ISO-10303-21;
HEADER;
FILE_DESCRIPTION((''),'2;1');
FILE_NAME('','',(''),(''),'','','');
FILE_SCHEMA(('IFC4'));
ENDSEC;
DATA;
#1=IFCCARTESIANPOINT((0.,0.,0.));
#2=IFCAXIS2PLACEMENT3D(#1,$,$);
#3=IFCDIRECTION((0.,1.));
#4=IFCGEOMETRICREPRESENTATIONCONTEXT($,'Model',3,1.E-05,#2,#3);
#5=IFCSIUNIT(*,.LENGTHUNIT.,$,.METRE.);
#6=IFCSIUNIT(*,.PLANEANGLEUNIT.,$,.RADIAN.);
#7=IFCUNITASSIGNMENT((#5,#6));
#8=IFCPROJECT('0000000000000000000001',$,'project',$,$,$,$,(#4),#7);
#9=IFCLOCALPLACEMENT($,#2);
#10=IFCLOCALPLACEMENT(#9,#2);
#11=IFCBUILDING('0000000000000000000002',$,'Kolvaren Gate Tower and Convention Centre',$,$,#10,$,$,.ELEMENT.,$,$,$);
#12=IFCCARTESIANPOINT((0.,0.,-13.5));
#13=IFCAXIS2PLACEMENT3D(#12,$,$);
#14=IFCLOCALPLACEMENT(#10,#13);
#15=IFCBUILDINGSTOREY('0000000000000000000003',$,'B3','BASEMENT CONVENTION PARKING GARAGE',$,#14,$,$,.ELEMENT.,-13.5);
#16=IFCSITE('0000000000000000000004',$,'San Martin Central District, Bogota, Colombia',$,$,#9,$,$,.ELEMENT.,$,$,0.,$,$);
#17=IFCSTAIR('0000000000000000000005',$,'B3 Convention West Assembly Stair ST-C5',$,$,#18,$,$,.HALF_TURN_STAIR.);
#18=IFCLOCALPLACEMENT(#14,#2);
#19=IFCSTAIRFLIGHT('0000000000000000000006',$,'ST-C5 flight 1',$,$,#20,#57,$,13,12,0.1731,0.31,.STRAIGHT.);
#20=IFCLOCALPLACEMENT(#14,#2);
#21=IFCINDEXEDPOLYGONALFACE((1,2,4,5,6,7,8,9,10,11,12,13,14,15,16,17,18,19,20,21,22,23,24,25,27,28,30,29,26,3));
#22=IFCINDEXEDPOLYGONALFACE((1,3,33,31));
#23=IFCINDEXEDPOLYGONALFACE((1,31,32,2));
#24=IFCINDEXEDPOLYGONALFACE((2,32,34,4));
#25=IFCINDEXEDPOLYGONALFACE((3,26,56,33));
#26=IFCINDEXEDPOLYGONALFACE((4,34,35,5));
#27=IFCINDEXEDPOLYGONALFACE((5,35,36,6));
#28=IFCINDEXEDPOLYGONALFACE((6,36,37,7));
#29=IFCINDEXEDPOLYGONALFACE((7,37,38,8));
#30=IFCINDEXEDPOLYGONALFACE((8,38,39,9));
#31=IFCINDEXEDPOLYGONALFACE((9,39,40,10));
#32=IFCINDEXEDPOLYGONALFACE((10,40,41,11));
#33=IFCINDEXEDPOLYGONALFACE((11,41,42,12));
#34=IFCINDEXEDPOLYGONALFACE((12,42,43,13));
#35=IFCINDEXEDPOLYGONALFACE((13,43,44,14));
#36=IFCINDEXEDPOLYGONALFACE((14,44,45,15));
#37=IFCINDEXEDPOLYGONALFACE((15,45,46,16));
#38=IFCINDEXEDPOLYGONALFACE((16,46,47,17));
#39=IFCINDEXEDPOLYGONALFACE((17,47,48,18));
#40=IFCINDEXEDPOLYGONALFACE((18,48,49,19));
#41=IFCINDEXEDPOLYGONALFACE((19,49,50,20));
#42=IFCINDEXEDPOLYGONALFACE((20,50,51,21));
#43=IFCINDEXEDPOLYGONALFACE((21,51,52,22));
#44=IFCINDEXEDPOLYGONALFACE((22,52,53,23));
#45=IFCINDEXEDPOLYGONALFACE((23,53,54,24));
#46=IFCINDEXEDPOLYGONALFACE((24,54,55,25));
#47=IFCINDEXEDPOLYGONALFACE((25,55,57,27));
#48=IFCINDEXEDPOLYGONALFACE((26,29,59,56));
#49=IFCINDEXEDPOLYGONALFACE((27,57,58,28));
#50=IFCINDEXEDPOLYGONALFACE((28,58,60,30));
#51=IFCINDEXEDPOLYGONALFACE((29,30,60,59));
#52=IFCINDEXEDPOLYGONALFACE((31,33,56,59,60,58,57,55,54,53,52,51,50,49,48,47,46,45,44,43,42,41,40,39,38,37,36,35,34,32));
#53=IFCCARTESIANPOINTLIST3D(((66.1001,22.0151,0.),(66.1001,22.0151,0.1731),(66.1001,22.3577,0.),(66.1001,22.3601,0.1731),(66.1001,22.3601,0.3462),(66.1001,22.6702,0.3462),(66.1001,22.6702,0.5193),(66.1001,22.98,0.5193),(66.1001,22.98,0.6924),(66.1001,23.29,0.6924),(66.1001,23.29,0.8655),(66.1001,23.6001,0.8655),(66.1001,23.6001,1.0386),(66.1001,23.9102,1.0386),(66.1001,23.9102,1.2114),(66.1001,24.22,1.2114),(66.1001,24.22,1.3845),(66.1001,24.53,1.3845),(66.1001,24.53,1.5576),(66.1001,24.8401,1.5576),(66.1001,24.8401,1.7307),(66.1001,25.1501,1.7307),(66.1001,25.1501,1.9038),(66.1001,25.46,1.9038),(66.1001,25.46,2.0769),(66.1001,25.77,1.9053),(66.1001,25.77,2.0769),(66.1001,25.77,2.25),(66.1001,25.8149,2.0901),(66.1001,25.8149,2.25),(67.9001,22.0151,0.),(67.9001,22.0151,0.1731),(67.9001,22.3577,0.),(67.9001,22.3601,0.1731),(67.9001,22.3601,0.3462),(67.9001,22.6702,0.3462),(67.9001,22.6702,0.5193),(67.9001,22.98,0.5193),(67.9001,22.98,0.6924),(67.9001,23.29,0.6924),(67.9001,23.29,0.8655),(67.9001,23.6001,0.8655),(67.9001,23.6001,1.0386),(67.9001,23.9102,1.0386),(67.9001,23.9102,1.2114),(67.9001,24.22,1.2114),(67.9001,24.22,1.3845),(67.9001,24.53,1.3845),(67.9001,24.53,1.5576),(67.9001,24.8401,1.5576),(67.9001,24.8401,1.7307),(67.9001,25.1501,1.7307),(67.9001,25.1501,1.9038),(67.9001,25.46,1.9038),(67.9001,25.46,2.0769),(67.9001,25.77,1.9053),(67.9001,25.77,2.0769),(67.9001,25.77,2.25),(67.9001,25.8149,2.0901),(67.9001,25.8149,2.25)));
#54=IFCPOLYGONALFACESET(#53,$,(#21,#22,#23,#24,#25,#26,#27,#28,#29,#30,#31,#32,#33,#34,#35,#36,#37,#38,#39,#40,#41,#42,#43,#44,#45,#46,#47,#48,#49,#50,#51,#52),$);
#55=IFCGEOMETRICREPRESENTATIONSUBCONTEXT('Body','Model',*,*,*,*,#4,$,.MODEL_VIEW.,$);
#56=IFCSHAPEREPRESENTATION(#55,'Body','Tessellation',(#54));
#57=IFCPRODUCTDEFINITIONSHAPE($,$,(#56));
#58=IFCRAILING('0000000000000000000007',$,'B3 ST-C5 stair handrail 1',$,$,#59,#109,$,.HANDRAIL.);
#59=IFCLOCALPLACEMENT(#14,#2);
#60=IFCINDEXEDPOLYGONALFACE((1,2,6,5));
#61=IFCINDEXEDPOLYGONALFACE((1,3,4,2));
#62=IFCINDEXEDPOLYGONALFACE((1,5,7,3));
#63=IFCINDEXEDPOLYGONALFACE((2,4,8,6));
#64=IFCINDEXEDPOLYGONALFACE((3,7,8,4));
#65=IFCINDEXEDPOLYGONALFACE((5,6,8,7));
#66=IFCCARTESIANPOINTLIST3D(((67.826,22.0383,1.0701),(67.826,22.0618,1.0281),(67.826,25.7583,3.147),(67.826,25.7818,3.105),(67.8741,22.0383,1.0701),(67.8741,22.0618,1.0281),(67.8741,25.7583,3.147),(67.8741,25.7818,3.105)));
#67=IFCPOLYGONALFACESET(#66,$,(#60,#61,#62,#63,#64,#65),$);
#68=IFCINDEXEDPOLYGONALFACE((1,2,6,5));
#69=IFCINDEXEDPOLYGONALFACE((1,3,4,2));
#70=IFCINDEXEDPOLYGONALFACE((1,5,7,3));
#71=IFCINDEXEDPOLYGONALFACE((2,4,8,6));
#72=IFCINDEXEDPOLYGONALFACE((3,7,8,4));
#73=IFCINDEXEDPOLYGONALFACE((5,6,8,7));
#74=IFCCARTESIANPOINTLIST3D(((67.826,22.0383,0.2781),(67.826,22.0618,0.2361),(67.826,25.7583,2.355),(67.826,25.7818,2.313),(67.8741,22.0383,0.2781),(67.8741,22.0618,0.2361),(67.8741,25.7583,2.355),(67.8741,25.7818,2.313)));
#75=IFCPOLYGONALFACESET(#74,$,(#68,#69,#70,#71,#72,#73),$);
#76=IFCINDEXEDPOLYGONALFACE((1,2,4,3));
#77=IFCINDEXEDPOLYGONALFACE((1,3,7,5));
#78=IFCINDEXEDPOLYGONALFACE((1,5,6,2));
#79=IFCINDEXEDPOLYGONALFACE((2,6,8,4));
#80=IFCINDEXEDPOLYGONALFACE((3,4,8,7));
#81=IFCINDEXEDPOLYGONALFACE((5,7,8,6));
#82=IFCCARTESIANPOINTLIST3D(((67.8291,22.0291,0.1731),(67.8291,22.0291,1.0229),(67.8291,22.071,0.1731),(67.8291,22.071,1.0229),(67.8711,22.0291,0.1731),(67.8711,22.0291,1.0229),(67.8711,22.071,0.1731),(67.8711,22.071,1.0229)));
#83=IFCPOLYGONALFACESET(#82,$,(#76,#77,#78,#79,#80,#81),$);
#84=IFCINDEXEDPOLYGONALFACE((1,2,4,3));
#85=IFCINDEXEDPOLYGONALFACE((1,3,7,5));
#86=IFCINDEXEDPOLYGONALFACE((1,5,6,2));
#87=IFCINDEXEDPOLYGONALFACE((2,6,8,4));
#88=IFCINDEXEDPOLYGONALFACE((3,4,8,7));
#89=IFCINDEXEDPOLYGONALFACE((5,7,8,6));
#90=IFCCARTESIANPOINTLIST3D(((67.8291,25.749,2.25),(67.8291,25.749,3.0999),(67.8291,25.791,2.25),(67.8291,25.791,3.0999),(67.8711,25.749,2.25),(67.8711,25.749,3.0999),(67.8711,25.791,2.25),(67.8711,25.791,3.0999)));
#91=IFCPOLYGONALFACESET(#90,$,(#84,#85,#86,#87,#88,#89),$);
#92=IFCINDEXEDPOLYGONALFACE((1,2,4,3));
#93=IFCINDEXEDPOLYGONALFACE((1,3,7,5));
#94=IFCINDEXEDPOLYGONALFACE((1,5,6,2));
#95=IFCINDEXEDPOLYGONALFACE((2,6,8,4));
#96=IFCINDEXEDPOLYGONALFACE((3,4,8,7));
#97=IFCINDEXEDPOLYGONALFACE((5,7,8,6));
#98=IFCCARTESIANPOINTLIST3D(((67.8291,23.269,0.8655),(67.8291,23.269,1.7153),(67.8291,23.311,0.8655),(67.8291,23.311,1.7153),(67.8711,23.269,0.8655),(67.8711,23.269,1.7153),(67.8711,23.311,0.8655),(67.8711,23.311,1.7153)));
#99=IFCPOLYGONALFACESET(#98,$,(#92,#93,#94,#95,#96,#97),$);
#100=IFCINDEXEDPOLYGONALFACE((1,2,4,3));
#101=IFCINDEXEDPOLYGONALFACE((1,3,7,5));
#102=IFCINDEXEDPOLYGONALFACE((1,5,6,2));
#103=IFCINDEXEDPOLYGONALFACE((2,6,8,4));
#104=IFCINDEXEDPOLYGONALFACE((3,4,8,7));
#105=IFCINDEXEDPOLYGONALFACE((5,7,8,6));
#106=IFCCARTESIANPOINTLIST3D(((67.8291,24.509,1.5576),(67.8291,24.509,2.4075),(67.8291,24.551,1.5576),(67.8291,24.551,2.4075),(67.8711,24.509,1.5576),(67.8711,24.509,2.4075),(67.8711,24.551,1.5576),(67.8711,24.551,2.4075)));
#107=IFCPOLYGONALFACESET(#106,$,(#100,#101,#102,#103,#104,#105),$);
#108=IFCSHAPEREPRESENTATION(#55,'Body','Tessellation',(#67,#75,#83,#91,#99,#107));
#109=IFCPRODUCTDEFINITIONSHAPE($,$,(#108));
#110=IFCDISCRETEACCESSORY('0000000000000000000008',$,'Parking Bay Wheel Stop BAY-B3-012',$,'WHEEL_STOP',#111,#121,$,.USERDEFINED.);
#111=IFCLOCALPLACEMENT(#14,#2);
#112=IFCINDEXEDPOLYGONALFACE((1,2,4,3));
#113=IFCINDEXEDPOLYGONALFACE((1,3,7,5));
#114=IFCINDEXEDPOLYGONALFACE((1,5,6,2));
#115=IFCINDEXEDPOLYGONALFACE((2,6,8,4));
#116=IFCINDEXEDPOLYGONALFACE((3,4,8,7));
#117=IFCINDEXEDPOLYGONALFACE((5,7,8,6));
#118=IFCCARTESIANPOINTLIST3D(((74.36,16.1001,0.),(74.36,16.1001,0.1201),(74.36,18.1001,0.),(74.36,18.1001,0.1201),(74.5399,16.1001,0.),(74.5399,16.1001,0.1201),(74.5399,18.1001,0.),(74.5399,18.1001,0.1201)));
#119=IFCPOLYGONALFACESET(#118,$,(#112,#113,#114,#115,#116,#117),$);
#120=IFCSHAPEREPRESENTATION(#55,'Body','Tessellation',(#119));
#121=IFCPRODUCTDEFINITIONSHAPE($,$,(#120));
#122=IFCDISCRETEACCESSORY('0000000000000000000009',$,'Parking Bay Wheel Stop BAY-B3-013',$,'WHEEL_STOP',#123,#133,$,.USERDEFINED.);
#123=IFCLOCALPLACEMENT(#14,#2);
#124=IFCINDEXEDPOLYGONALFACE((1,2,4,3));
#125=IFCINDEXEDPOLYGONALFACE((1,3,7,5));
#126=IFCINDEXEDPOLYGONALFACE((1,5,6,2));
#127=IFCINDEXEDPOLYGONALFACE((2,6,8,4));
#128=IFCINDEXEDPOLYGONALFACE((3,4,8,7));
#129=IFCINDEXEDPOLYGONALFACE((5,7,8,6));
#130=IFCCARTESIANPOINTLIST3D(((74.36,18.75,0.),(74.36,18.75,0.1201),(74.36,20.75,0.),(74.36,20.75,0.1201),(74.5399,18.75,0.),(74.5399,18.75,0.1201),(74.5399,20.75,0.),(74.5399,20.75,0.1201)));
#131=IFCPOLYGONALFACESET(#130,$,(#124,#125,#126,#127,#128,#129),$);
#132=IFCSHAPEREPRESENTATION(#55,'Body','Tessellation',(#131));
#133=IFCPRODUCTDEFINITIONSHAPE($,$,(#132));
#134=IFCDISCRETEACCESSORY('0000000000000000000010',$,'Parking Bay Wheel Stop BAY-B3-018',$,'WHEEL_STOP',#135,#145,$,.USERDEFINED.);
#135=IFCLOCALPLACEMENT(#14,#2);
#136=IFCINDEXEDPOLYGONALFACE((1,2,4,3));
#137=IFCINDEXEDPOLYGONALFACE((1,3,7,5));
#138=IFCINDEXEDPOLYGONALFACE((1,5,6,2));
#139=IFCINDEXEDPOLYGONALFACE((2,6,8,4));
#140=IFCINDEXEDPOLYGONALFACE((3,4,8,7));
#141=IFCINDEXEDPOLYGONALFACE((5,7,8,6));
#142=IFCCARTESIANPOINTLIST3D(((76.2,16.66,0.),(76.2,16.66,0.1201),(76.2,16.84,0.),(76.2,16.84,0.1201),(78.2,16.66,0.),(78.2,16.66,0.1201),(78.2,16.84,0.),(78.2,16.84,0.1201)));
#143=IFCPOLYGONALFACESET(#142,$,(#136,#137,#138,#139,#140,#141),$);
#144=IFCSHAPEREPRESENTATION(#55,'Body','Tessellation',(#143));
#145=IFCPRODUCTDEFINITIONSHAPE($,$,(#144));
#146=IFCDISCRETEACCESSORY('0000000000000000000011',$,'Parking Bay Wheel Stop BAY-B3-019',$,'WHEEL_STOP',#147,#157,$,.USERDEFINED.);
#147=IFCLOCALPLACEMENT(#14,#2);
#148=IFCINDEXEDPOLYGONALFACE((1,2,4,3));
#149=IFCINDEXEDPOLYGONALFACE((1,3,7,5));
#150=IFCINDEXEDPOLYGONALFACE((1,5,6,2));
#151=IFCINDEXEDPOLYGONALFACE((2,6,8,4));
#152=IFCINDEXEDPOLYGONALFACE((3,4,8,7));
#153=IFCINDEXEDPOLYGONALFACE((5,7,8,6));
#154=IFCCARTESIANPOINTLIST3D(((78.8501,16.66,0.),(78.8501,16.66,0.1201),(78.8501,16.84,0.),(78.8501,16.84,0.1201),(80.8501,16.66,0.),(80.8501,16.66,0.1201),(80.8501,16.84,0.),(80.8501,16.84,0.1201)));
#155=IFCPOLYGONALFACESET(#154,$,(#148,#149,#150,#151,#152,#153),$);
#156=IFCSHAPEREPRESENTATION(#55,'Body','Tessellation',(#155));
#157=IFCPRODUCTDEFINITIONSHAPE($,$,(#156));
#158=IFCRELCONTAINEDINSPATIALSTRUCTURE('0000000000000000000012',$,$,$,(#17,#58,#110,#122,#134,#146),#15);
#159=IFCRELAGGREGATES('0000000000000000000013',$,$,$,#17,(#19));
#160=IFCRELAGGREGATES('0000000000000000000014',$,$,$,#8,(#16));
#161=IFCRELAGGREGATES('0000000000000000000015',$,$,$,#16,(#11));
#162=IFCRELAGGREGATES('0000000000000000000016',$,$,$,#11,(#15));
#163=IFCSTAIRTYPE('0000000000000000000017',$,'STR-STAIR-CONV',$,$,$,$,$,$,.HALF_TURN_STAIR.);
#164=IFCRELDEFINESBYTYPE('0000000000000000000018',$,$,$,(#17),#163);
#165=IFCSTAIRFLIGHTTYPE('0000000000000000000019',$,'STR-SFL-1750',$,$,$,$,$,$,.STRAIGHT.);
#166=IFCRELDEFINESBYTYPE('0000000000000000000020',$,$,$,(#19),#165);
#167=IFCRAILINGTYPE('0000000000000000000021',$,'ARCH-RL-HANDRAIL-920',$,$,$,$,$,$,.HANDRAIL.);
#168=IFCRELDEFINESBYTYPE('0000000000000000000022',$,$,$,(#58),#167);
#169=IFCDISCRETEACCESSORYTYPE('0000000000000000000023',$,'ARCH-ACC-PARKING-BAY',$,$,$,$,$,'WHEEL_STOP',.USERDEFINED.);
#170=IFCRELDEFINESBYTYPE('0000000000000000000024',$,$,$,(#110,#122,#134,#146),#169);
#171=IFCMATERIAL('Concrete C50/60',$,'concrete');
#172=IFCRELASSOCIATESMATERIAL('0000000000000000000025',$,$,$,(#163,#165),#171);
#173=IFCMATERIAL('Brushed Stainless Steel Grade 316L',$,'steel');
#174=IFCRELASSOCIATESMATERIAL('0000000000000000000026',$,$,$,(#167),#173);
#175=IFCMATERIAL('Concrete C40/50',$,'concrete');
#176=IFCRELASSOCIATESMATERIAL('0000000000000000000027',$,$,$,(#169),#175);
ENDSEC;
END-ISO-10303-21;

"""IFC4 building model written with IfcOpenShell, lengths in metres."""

from ifc_helpers import new_model, si_unit, direction, frame, origin, origin_2d, place, context, subcontext, project, spatial, polyline, rectangle, outline, extrude, material, type_object, element, aggregate, save


model = new_model("IFC4")

# Units and contexts
model_context = context("Model", 3, precision=1e-05, world=origin(), true_north=direction((0.0, 1.0)))
body_context = subcontext(model_context, "Body", "Model", "MODEL_VIEW")
ifc_project = project(units=[si_unit("LENGTHUNIT", "METRE"), si_unit("PLANEANGLEUNIT", "RADIAN")], contexts=[model_context])

# Site, building, storey
site_placement = place(None, origin())
site = spatial("IfcSite", under=ifc_project, at=site_placement, Name="San Martin Central District, Bogota, Colombia", CompositionType="ELEMENT", RefElevation=0.0)
building_placement = place(site_placement, origin())
building = spatial("IfcBuilding", under=site, at=building_placement, Name="Kolvaren Gate Tower and Convention Centre", CompositionType="ELEMENT")
storey_placement = place(building_placement, frame((0.0, 0.0, -13.5)))
storey = spatial("IfcBuildingStorey", under=building, at=storey_placement, Name="B3", Description="BASEMENT CONVENTION PARKING GARAGE", CompositionType="ELEMENT", Elevation=-13.5)

# Shared definitions
ifc_material_1 = material(Name="Concrete C50/60", Category="concrete")

# Stair, stair flight
stair_type = type_object("IfcStairType", Name="STR-STAIR-CONV", PredefinedType="HALF_TURN_STAIR", material=ifc_material_1)
stair_placement = place(storey_placement, origin())
stair = element("IfcStair", 1, at=stair_placement, inside=storey, type_object=stair_type, Name="B3 Convention West Assembly Stair ST-C5", PredefinedType="HALF_TURN_STAIR")
stair_flight_type = type_object("IfcStairFlightType", Name="STR-SFL-1750", PredefinedType="STRAIGHT", material=ifc_material_1)
stair_flight_placement = place(storey_placement, frame((67.0, 22.05, 0.0), z_axis=(0.0, 0.0, 1.0), x_axis=(0.0, 1.0, 0.0)))
stair_flight = element("IfcStairFlight", 2, at=stair_flight_placement, type_object=stair_flight_type, Name="ST-C5 flight 1", NumberOfRisers=13, NumberOfTreads=12, PredefinedType="STRAIGHT", RiserHeight=0.1731, TreadLength=0.31, context=body_context, shape_type="SweptSolid", body=[
    extrude(outline(polyline([(-0.0349, 0.0), (-0.0349, 0.1731), (0.3101, 0.1731), (0.3101, 0.3462), (0.6201, 0.3462), (0.6201, 0.5193), (0.9299, 0.5193), (0.9299, 0.6924), (1.24, 0.6924), (1.24, 0.8655), (1.55, 0.8655), (1.55, 1.0386), (1.8601, 1.0386), (1.8601, 1.2114), (2.1699, 1.2114), (2.1699, 1.3845), (2.48, 1.3845), (2.48, 1.5576), (2.79, 1.5576), (2.79, 1.7307), (3.1001, 1.7307), (3.1001, 1.9038), (3.4099, 1.9038), (3.4099, 2.0769), (3.72, 2.0769), (3.72, 2.25), (3.7649, 2.25), (3.7649, 2.0901), (3.72, 1.9053), (0.3076, 0.0), (-0.0349, 0.0)])), frame((0.0, 0.8999, 0.0), z_axis=(0.0, -1.0, 0.0), x_axis=(1.0, 0.0, 0.0)), (0.0, 0.0, 1.0), 1.8),
])
aggregate(stair, [stair_flight])

# Railing
ifc_material_2 = material(Name="Brushed Stainless Steel Grade 316L", Category="steel")
railing_type = type_object("IfcRailingType", Name="ARCH-RL-HANDRAIL-920", PredefinedType="HANDRAIL", material=ifc_material_2)
railing_placement = place(storey_placement, frame((67.8501, 22.05, 0.1731)))
element("IfcRailing", 3, at=railing_placement, inside=storey, type_object=railing_type, Name="B3 ST-C5 stair handrail 1", PredefinedType="HANDRAIL", context=body_context, shape_type="SweptSolid", body=[
    extrude(rectangle(XDim=0.0481, YDim=0.0481, at=origin_2d()), frame((0.0, 0.0, 0.876), z_axis=(0.0, 0.873134, 0.487481), x_axis=(-1.0, 0.0, 0.0)), (0.0, 0.0, 1.0), 4.2605),
    extrude(rectangle(XDim=0.0481, YDim=0.0481, at=origin_2d()), frame((0.0, 0.0, 0.084), z_axis=(0.0, 0.873134, 0.487481), x_axis=(-1.0, 0.0, 0.0)), (0.0, 0.0, 1.0), 4.2605),
    extrude(rectangle(XDim=0.042, YDim=0.042, at=origin_2d()), origin(), (0.0, 0.0, 1.0), 0.8499),
    extrude(rectangle(XDim=0.042, YDim=0.042, at=origin_2d()), frame((0.0, 3.72, 2.0769)), (0.0, 0.0, 1.0), 0.8499),
    extrude(rectangle(XDim=0.042, YDim=0.042, at=origin_2d()), frame((0.0, 1.24, 0.6924)), (0.0, 0.0, 1.0), 0.8499),
    extrude(rectangle(XDim=0.042, YDim=0.042, at=origin_2d()), frame((0.0, 2.48, 1.3845)), (0.0, 0.0, 1.0), 0.8499),
])

# Discrete accessories
ifc_material_3 = material(Name="Concrete C40/50", Category="concrete")
discrete_accessory_type = type_object("IfcDiscreteAccessoryType", Name="ARCH-ACC-PARKING-BAY", ElementType="WHEEL_STOP", PredefinedType="USERDEFINED", material=ifc_material_3)
for number, where, z_axis, x_axis, name in (
    (4, (74.45, 17.1001, 0.0), (0.0, 0.0, 1.0), (0.0, 1.0, 0.0), "Parking Bay Wheel Stop BAY-B3-012"),
    (5, (74.45, 19.75, 0.0), (0.0, 0.0, 1.0), (0.0, 1.0, 0.0), "Parking Bay Wheel Stop BAY-B3-013"),
    (6, (77.2, 16.75, 0.0), (0.0, 0.0, 1.0), (1.0, 0.0, 0.0), "Parking Bay Wheel Stop BAY-B3-018"),
    (7, (79.8501, 16.75, 0.0), (0.0, 0.0, 1.0), (1.0, 0.0, 0.0), "Parking Bay Wheel Stop BAY-B3-019"),
):
    element("IfcDiscreteAccessory", number, at=place(storey_placement, frame(where, z_axis=z_axis, x_axis=x_axis)), inside=storey, type_object=discrete_accessory_type, Name=name, ObjectType="WHEEL_STOP", PredefinedType="USERDEFINED", context=body_context, shape_type="SweptSolid", body=[
        extrude(rectangle(XDim=2.0, YDim=0.1799, at=origin_2d()), origin(), (0.0, 0.0, 1.0), 0.1201),
    ])

save(model, "model.ifc")
